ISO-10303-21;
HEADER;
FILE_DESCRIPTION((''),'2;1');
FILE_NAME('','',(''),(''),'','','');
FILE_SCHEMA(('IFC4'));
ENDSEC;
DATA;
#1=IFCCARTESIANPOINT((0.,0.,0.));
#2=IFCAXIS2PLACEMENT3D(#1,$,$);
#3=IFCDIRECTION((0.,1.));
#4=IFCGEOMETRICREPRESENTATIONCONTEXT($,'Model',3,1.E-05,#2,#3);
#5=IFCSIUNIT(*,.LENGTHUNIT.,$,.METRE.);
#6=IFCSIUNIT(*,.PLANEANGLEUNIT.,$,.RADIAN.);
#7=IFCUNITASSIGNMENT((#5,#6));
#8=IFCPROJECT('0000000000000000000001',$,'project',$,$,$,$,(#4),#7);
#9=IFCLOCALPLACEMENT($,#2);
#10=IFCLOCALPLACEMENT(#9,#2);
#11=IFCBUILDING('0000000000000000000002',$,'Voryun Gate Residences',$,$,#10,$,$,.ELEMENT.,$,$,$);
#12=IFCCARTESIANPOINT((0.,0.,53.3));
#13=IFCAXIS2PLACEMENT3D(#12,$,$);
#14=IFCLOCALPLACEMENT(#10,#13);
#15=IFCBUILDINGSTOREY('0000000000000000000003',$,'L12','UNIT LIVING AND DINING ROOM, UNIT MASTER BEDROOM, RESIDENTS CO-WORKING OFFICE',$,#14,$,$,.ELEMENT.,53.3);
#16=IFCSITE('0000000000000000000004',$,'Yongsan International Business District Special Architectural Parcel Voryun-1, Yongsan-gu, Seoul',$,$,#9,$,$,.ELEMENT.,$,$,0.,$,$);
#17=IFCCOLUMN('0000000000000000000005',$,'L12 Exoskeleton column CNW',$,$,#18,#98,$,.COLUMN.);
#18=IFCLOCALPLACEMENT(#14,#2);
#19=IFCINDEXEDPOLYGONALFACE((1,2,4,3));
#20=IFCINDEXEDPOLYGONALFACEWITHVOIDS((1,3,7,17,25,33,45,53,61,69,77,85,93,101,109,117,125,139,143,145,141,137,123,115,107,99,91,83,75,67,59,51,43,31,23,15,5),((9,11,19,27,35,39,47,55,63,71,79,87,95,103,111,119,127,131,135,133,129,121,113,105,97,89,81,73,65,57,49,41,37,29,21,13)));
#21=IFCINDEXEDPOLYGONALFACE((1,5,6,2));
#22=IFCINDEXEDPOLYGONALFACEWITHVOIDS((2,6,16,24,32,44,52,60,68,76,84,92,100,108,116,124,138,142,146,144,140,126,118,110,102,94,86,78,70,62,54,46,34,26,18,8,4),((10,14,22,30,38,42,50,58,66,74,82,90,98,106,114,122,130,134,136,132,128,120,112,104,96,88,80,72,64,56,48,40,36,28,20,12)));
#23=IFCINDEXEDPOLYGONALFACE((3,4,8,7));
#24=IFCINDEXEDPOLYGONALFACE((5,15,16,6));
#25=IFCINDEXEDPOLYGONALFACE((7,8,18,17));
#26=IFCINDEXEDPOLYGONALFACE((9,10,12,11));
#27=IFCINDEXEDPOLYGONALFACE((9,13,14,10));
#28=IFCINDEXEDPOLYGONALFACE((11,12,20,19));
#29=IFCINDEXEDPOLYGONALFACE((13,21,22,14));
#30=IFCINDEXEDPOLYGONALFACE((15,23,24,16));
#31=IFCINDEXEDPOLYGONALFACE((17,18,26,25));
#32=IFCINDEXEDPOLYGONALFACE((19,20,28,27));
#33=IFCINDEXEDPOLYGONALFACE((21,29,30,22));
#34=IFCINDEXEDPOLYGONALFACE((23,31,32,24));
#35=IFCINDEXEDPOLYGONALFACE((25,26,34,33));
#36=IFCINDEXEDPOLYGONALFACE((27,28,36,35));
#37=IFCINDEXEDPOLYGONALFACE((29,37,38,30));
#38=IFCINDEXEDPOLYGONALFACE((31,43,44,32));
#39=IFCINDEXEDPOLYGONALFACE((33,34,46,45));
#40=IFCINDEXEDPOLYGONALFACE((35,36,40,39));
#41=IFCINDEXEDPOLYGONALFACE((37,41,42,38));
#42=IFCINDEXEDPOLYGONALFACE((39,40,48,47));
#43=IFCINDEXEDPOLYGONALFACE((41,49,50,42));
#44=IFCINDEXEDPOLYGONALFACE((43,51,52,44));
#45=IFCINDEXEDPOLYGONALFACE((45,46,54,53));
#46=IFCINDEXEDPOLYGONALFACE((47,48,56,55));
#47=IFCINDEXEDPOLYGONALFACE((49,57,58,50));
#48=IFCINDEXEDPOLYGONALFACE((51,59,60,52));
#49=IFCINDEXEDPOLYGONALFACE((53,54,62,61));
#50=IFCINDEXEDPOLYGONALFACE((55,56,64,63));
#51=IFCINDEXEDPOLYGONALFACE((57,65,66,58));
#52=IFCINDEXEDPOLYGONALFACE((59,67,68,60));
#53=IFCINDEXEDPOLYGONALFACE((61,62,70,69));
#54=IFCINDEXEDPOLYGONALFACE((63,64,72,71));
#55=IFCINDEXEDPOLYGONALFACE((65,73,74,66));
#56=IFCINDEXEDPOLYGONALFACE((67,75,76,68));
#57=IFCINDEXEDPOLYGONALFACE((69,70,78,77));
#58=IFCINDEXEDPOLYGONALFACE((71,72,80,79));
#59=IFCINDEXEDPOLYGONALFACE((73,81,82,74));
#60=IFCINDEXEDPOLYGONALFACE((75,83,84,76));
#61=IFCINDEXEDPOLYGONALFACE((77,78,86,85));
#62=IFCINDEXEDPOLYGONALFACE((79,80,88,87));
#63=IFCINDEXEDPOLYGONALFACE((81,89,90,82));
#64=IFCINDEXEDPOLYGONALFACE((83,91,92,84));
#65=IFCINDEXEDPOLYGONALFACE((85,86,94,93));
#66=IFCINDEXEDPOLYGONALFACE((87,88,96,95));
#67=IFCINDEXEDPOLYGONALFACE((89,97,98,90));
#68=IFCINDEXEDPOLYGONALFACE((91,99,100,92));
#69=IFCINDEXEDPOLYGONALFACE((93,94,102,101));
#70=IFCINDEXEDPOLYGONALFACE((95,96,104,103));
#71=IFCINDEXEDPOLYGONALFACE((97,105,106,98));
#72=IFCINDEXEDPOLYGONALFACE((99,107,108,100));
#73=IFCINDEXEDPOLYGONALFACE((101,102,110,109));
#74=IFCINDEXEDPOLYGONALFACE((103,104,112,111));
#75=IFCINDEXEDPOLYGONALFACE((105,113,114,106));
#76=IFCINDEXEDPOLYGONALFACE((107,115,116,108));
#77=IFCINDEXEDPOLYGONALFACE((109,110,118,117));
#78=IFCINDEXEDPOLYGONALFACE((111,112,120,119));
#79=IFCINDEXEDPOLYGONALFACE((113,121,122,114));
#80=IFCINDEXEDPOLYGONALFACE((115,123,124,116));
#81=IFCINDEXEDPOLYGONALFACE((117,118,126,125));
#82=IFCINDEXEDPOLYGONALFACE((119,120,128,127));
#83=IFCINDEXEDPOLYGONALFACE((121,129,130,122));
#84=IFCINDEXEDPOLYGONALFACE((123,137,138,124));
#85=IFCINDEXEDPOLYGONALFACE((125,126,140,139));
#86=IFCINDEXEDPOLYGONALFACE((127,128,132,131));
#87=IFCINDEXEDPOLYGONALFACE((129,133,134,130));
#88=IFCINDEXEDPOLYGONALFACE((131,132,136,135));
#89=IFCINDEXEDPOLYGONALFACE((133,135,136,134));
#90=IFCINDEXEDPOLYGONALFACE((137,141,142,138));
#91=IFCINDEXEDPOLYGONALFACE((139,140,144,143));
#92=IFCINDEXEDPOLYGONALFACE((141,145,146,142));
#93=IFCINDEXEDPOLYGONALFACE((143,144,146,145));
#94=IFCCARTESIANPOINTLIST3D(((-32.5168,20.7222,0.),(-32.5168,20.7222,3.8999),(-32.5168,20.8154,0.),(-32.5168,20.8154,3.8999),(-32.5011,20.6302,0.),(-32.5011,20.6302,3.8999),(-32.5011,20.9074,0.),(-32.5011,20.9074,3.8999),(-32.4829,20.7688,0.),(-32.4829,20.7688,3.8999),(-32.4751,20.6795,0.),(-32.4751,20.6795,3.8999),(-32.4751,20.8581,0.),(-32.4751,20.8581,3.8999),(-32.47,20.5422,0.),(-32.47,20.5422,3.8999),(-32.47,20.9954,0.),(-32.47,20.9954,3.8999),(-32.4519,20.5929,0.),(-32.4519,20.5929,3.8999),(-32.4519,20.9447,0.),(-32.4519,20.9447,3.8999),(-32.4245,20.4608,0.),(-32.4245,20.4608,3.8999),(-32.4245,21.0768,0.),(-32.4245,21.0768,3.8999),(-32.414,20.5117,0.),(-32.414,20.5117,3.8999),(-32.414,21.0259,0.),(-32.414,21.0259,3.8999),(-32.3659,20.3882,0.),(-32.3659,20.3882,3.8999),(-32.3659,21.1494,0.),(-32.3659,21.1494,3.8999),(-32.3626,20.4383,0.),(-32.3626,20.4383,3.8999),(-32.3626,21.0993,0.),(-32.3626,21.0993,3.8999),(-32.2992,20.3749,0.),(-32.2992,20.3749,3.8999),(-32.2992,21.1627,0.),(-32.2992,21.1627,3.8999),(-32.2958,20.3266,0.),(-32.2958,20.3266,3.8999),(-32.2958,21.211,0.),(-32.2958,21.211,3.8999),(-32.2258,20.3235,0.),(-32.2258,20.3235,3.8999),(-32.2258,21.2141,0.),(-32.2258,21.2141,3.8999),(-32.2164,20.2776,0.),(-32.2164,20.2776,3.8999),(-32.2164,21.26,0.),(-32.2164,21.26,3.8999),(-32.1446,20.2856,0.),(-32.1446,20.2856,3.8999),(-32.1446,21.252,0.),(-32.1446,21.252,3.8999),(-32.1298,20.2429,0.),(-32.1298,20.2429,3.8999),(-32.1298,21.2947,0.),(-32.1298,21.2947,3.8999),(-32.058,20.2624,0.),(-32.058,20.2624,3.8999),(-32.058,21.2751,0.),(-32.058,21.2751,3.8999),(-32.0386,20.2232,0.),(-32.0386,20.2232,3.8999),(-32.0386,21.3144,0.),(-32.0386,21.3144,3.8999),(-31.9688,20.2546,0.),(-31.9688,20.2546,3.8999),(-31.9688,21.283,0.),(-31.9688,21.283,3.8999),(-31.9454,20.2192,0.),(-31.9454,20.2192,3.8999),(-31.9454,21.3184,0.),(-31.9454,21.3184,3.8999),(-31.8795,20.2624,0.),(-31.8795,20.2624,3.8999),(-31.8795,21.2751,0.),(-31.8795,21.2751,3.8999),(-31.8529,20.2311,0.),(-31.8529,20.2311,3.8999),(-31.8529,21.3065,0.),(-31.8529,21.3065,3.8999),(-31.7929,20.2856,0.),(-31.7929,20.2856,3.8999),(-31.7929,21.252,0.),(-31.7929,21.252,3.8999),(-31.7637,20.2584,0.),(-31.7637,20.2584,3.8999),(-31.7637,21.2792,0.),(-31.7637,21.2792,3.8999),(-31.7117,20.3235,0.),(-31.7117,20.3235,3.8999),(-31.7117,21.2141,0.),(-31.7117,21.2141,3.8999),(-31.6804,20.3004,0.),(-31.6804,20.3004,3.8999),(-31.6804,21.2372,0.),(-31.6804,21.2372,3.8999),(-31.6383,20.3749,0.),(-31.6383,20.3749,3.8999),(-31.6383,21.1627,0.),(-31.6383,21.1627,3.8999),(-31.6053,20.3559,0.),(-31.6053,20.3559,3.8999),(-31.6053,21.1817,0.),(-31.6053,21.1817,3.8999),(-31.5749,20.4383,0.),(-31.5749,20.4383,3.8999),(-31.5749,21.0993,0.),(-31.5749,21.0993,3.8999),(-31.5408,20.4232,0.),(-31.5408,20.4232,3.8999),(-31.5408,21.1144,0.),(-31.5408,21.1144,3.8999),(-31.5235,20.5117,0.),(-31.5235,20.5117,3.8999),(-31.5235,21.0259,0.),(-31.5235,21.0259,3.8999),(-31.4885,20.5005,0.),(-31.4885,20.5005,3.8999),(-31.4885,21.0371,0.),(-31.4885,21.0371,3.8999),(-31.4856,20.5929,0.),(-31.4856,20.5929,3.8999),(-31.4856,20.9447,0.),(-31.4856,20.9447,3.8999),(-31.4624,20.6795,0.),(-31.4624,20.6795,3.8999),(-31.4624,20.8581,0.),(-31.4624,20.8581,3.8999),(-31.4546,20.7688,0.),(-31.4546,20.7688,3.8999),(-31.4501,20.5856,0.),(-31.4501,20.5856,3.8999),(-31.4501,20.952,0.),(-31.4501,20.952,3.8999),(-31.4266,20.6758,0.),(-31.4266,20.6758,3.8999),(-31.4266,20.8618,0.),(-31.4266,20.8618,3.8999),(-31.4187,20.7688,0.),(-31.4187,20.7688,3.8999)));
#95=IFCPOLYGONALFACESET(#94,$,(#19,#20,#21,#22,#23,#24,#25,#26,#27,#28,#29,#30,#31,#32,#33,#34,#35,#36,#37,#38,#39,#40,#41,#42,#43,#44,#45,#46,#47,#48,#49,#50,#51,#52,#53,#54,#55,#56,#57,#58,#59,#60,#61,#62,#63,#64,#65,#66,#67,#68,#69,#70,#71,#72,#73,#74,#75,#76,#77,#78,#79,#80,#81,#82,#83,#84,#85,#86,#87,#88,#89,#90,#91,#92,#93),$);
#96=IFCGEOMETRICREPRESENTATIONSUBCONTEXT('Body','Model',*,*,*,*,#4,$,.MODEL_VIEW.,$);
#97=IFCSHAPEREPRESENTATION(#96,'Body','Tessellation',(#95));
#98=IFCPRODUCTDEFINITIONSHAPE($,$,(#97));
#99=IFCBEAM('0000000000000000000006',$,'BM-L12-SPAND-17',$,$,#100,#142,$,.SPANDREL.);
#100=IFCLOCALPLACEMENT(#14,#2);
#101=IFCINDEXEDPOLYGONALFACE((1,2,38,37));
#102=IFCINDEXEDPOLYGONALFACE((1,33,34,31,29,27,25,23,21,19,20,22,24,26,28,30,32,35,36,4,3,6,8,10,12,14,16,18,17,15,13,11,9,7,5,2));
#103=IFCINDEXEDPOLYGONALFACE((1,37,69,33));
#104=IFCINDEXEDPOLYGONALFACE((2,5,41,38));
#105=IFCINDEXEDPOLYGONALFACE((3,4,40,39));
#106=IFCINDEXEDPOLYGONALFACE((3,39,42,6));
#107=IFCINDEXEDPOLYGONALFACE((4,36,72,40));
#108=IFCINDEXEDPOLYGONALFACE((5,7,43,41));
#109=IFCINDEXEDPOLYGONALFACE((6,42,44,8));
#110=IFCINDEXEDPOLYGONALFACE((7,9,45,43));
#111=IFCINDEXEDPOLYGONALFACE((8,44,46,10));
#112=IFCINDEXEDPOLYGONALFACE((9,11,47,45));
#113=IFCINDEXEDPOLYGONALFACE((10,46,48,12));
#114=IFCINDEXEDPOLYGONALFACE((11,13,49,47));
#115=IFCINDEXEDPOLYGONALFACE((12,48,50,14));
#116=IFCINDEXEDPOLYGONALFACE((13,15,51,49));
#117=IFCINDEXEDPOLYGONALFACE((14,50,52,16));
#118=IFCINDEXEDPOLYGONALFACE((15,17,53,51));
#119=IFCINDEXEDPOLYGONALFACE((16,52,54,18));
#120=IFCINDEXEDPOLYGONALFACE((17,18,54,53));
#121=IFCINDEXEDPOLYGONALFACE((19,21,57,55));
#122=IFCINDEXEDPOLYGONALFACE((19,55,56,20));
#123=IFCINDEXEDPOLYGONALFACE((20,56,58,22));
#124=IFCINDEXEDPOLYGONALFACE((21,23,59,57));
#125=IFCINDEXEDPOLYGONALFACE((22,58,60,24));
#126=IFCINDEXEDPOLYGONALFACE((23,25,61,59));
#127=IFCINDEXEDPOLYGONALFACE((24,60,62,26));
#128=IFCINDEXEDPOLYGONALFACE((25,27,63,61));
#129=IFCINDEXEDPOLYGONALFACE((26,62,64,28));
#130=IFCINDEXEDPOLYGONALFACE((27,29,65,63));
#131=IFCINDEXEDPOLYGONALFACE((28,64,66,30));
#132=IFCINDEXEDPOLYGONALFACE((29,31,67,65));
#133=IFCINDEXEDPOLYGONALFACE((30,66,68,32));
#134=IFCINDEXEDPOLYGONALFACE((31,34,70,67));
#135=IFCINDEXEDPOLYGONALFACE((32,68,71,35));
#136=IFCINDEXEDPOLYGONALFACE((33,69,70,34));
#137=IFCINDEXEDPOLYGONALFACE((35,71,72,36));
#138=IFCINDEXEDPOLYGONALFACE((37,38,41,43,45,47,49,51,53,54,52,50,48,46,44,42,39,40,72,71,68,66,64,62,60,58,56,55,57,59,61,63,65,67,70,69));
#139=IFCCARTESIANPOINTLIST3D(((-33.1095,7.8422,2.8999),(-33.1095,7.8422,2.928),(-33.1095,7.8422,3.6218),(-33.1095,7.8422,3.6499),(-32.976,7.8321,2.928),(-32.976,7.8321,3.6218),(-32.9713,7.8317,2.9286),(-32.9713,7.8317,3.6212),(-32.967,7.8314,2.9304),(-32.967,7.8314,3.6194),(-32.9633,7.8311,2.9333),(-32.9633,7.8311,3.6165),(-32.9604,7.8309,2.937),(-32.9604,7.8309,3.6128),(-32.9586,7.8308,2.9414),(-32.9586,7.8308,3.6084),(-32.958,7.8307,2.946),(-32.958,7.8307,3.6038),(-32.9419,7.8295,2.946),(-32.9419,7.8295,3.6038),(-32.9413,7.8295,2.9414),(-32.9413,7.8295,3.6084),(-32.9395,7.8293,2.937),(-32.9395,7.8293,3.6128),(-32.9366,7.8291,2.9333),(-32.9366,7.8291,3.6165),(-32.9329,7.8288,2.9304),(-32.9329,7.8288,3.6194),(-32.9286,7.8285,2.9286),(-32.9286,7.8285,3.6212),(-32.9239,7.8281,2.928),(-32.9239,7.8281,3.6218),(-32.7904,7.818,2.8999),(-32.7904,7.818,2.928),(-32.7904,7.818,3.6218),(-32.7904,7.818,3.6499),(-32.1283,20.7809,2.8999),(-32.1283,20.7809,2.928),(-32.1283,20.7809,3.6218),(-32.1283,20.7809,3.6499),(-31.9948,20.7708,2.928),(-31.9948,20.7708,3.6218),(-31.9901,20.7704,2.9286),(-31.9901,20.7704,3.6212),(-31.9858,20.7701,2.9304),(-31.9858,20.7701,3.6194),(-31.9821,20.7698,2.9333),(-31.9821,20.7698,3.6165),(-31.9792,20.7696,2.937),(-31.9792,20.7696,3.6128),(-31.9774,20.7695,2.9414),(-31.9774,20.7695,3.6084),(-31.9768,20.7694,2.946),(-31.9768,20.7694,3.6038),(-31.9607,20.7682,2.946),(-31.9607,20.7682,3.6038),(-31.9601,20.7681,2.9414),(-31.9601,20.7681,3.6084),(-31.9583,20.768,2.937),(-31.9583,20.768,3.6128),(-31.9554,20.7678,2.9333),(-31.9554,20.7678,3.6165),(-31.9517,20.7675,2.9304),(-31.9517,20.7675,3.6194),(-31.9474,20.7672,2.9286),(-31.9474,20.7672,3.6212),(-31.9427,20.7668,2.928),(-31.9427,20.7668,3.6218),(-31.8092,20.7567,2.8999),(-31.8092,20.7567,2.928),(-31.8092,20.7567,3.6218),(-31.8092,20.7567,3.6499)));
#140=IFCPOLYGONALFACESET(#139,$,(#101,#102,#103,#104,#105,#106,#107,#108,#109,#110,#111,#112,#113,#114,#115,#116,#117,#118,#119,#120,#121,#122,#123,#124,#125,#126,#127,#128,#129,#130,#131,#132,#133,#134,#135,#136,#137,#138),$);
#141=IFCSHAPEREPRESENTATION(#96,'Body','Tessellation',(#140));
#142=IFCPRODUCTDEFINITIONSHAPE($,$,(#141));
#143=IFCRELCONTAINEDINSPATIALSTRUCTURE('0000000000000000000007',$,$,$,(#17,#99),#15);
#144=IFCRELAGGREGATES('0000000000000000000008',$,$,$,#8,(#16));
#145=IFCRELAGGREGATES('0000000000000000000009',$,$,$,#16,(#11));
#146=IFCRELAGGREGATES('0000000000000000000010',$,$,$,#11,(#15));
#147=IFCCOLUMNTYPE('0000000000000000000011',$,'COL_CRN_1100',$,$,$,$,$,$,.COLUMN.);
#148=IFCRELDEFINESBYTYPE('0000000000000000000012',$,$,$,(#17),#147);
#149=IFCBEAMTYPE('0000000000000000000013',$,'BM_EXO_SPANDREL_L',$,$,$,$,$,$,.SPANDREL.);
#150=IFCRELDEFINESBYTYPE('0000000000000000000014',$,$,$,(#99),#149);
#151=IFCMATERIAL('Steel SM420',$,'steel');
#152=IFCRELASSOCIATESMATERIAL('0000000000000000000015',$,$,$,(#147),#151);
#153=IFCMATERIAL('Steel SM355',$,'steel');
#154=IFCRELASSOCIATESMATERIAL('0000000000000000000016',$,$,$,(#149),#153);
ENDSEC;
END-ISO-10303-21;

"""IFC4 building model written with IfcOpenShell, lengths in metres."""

from ifc_helpers import new_model, si_unit, direction, frame, origin, origin_2d, place, context, subcontext, project, spatial, hollow_circle, i_section, extrude, material, material_profile, profile_set, type_object, element, save


model = new_model("IFC4")

# Units and contexts
model_context = context("Model", 3, precision=1e-05, world=origin(), true_north=direction((0.0, 1.0)))
body_context = subcontext(model_context, "Body", "Model", "MODEL_VIEW")
ifc_project = project(units=[si_unit("LENGTHUNIT", "METRE"), si_unit("PLANEANGLEUNIT", "RADIAN")], contexts=[model_context])

# Site, building, storey
site_placement = place(None, origin())
site = spatial("IfcSite", under=ifc_project, at=site_placement, Name="Yongsan International Business District Special Architectural Parcel Voryun-1, Yongsan-gu, Seoul", CompositionType="ELEMENT", RefElevation=0.0)
building_placement = place(site_placement, origin())
building = spatial("IfcBuilding", under=site, at=building_placement, Name="Voryun Gate Residences", CompositionType="ELEMENT")
storey_placement = place(building_placement, frame((0.0, 0.0, 53.3)))
storey = spatial("IfcBuildingStorey", under=building, at=storey_placement, Name="L12", Description="UNIT LIVING AND DINING ROOM, UNIT MASTER BEDROOM, RESIDENTS CO-WORKING OFFICE", CompositionType="ELEMENT", Elevation=53.3)

# Column
ifc_material_1 = material(Name="Steel SM420", Category="steel")
ifc_material_profile_1 = material_profile(ifc_material_1, hollow_circle(Radius=0.55, WallThickness=0.0359, at=origin_2d()), Name="CHS-1100x36")
ifc_profile_set_1 = profile_set([ifc_material_profile_1], Name="Steel SM420")
column_type = type_object("IfcColumnType", Name="COL_CRN_1100", PredefinedType="COLUMN", material=ifc_profile_set_1)
column_placement = place(storey_placement, frame((-31.9688, 20.7688, 0.0), z_axis=(0.0, 0.0, 1.0), x_axis=(1.0, 0.0, 0.0)))
element("IfcColumn", 1, at=column_placement, inside=storey, type_object=column_type, Name="L12 Exoskeleton column CNW", PredefinedType="COLUMN", context=body_context, shape_type="SweptSolid", body=[
    extrude(hollow_circle(Radius=0.55, WallThickness=0.0359, at=origin_2d()), origin(), (0.0, 0.0, 1.0), 3.8999),
])

# Beam
ifc_material_2 = material(Name="Steel SM355", Category="steel")
ifc_material_profile_2 = material_profile(ifc_material_2, i_section(OverallWidth=0.3201, OverallDepth=0.75, WebThickness=0.0161, FlangeThickness=0.0281, FilletRadius=0.0181, at=origin_2d()), Name="H-750x320x16x28")
ifc_profile_set_2 = profile_set([ifc_material_profile_2], Name="Steel SM355")
beam_type = type_object("IfcBeamType", Name="BM_EXO_SPANDREL_L", PredefinedType="SPANDREL", material=ifc_profile_set_2)
beam_placement = place(storey_placement, frame((-31.9688, 20.7688, 3.2749), z_axis=(-0.075617, -0.997137, 0.0), x_axis=(0.997137, -0.075617, 0.0)))
element("IfcBeam", 2, at=beam_placement, inside=storey, type_object=beam_type, Name="BM-L12-SPAND-17", PredefinedType="SPANDREL", context=body_context, shape_type="SweptSolid", body=[
    extrude(i_section(OverallWidth=0.3201, OverallDepth=0.75, WebThickness=0.0161, FlangeThickness=0.0281, FilletRadius=0.0181, at=origin_2d()), origin(), (0.0, 0.0, 1.0), 12.9758),
])

save(model, "model.ifc")
